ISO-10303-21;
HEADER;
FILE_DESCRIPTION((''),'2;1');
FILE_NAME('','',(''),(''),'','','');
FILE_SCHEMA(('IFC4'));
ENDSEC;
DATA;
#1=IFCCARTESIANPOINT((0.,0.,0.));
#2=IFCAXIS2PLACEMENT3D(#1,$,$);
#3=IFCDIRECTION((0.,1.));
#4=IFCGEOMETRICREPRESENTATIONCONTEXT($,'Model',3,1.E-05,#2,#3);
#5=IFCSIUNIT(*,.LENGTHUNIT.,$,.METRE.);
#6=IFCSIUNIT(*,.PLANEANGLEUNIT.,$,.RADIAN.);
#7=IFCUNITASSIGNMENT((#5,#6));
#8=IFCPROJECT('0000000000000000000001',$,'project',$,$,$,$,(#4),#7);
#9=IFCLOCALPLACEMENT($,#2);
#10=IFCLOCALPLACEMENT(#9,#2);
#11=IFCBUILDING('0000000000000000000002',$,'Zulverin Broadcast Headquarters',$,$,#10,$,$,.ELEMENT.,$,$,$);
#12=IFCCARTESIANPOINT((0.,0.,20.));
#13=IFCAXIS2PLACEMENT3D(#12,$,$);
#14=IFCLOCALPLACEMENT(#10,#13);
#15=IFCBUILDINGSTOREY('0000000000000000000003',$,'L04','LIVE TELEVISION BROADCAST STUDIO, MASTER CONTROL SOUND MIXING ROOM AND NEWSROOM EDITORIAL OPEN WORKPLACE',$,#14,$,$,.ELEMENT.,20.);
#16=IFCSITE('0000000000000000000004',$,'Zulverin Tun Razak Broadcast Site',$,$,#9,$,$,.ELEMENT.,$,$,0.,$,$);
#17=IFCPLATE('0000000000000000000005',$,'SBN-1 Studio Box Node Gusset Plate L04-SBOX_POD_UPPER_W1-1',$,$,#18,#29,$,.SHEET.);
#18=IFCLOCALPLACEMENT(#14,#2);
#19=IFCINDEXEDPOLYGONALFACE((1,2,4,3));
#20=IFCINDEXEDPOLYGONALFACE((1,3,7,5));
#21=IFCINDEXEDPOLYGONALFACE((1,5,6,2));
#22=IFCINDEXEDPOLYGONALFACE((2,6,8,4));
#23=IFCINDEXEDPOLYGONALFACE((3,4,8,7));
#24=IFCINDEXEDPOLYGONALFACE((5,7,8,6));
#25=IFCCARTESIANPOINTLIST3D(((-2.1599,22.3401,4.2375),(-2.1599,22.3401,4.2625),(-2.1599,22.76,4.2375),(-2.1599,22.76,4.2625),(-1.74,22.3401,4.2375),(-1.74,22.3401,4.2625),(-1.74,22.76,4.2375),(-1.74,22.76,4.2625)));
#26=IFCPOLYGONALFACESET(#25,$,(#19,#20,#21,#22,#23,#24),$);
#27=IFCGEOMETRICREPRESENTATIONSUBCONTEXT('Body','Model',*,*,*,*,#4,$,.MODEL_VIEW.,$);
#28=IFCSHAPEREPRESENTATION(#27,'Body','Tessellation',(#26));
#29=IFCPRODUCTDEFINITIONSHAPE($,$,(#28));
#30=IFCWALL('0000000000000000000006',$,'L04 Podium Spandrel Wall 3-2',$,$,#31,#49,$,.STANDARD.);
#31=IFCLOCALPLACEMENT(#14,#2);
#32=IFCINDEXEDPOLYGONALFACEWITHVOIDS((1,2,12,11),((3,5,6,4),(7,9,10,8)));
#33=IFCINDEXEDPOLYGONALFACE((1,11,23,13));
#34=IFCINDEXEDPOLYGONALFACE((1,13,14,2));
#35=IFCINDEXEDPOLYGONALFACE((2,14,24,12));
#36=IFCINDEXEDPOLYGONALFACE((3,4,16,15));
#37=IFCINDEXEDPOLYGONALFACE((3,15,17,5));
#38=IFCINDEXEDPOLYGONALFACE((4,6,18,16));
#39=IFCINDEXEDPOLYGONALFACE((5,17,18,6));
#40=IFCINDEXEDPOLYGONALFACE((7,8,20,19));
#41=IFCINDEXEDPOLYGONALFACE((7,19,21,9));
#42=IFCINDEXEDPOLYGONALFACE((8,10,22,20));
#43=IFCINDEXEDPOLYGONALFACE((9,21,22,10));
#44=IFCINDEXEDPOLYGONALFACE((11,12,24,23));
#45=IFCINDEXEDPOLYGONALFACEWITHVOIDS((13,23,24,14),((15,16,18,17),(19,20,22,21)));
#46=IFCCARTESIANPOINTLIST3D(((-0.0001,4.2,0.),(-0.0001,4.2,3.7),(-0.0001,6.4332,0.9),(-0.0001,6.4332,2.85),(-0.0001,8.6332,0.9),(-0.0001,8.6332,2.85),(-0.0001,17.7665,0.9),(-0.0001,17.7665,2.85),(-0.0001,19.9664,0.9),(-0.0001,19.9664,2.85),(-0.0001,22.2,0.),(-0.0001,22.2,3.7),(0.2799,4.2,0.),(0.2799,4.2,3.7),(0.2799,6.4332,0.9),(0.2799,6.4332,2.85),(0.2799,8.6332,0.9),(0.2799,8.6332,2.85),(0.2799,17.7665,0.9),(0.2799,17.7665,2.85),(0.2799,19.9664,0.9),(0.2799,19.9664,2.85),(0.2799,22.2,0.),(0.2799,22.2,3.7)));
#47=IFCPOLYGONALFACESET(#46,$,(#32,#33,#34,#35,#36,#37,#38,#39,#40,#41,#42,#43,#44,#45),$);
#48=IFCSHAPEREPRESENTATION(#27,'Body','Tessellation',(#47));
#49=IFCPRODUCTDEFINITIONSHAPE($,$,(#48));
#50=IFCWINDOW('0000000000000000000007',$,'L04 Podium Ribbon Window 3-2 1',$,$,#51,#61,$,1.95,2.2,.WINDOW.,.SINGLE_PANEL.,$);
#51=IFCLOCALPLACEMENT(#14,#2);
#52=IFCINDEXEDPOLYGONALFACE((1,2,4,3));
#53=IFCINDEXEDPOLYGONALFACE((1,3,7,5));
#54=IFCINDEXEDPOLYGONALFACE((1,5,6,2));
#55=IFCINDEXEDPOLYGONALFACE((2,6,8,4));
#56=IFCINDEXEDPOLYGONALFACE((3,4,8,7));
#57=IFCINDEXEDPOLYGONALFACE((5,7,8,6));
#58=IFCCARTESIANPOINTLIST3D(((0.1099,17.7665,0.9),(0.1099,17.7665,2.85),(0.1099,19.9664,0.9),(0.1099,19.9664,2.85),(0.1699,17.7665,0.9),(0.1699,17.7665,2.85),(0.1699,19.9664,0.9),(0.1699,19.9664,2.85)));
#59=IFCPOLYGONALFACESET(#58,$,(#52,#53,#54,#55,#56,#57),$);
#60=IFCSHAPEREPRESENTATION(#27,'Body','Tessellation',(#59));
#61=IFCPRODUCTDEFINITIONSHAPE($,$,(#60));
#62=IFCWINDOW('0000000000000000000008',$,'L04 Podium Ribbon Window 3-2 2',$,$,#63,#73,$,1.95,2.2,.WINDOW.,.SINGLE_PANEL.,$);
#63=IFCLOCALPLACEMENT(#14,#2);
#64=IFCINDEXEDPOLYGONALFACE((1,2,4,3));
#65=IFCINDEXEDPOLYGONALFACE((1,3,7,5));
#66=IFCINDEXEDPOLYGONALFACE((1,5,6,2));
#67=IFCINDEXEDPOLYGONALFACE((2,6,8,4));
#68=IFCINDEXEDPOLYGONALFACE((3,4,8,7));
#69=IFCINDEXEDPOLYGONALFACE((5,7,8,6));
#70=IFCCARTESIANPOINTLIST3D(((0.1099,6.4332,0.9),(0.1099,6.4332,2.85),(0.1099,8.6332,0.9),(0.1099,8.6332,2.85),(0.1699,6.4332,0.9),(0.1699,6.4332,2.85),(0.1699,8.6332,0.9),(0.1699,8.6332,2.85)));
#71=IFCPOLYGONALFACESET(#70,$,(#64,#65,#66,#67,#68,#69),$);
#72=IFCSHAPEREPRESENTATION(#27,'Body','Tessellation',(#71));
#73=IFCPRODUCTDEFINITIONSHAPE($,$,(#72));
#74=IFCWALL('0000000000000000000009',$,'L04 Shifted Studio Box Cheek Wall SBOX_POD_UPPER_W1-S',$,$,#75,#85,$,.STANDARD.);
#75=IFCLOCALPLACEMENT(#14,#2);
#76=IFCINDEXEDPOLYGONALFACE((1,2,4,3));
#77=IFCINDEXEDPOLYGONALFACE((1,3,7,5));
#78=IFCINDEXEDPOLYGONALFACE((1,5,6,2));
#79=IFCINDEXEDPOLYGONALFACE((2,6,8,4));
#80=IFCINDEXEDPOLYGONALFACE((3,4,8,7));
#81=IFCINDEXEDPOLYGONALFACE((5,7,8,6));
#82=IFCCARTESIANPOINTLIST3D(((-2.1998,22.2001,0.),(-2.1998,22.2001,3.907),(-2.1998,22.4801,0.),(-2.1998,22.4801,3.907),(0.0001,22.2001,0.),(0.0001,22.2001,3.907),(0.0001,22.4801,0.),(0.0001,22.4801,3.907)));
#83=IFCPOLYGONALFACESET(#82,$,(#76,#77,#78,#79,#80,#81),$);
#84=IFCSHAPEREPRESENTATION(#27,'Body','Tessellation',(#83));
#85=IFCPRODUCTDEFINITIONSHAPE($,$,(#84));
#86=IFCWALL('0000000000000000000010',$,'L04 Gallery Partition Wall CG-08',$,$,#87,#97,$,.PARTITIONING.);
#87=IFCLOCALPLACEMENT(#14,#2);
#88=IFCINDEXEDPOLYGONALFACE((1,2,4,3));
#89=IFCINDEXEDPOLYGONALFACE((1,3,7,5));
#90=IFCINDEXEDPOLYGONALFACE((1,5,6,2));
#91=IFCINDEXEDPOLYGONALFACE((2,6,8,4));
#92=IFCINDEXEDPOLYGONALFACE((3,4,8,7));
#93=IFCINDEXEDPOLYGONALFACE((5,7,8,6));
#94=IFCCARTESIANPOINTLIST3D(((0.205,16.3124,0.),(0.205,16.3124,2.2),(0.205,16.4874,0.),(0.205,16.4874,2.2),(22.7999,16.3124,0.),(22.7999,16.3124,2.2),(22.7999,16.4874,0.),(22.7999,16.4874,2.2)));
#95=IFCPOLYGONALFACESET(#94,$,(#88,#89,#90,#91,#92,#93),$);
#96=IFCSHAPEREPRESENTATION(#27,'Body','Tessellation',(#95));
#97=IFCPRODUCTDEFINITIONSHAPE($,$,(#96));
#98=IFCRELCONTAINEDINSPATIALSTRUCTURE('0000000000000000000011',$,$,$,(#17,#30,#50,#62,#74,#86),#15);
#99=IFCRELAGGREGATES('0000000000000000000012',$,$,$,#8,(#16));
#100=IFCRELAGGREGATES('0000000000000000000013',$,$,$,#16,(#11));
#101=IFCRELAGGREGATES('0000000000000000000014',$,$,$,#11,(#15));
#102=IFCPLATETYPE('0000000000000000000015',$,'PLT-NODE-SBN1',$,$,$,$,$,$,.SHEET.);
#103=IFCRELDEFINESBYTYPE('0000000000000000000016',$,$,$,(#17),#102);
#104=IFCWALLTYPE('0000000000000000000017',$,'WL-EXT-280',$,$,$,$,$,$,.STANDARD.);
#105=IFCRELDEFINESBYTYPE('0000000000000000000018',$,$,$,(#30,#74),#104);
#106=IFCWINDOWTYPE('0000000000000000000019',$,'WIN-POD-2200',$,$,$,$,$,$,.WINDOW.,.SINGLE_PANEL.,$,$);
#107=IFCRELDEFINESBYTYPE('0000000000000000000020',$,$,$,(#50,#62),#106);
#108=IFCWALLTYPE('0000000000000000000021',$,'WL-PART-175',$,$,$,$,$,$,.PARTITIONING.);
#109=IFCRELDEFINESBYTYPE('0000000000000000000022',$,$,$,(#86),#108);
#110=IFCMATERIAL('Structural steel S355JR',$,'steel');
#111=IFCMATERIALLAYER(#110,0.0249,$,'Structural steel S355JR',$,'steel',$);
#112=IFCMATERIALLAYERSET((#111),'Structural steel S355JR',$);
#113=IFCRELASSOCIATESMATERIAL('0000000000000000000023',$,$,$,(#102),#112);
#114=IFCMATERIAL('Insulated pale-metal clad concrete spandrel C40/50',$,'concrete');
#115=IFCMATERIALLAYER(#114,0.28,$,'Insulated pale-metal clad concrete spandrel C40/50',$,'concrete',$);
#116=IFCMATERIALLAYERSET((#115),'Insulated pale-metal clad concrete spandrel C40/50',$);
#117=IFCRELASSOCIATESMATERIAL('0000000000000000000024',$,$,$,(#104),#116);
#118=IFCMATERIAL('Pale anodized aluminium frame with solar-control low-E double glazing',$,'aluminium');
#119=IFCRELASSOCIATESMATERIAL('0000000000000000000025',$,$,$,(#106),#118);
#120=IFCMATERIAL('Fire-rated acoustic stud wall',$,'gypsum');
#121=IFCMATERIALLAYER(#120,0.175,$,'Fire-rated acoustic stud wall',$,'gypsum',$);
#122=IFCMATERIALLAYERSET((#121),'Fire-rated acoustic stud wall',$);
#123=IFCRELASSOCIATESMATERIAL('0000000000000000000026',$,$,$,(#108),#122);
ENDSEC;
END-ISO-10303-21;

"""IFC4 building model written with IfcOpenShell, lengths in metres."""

from ifc_helpers import new_model, si_unit, direction, frame, frame_2d, origin, origin_2d, place, context, subcontext, project, spatial, rectangle, extrude, material, layer, layer_set, type_object, element, fill, save


model = new_model("IFC4")

# Units and contexts
model_context = context("Model", 3, precision=1e-05, world=origin(), true_north=direction((0.0, 1.0)))
body_context = subcontext(model_context, "Body", "Model", "MODEL_VIEW")
ifc_project = project(units=[si_unit("LENGTHUNIT", "METRE"), si_unit("PLANEANGLEUNIT", "RADIAN")], contexts=[model_context])

# Site, building, storey
site_placement = place(None, origin())
site = spatial("IfcSite", under=ifc_project, at=site_placement, Name="Zulverin Tun Razak Broadcast Site", CompositionType="ELEMENT", RefElevation=0.0)
building_placement = place(site_placement, origin())
building = spatial("IfcBuilding", under=site, at=building_placement, Name="Zulverin Broadcast Headquarters", CompositionType="ELEMENT")
storey_placement = place(building_placement, frame((0.0, 0.0, 20.0)))
storey = spatial("IfcBuildingStorey", under=building, at=storey_placement, Name="L04", Description="LIVE TELEVISION BROADCAST STUDIO, MASTER CONTROL SOUND MIXING ROOM AND NEWSROOM EDITORIAL OPEN WORKPLACE", CompositionType="ELEMENT", Elevation=20.0)

# Shared definitions
ifc_material_1 = material(Name="Structural steel S355JR", Category="steel")

# Plate
ifc_layer_1 = layer(ifc_material_1, 0.0249, Name="Structural steel S355JR", Category="steel")
ifc_layer_set_1 = layer_set([ifc_layer_1], Name="Structural steel S355JR")
plate_type = type_object("IfcPlateType", Name="PLT-NODE-SBN1", PredefinedType="SHEET", material=ifc_layer_set_1)
plate_1_placement = place(storey_placement, frame((-1.95, 22.55, 4.2375), z_axis=(0.0, 0.0, 1.0), x_axis=(1.0, 0.0, 0.0)))
element("IfcPlate", 1, at=plate_1_placement, inside=storey, type_object=plate_type, Name="SBN-1 Studio Box Node Gusset Plate L04-SBOX_POD_UPPER_W1-1", PredefinedType="SHEET", context=body_context, shape_type="SweptSolid", body=[
    extrude(rectangle(XDim=0.4199, YDim=0.4199, at=origin_2d()), origin(), (0.0, 0.0, 1.0), 0.0249),
])

# Wall, openings, windows
ifc_material_2 = material(Name="Insulated pale-metal clad concrete spandrel C40/50", Category="concrete")
ifc_layer_2 = layer(ifc_material_2, 0.28, Name="Insulated pale-metal clad concrete spandrel C40/50", Category="concrete")
ifc_layer_set_2 = layer_set([ifc_layer_2], Name="Insulated pale-metal clad concrete spandrel C40/50")
wall_type_1 = type_object("IfcWallType", Name="WL-EXT-280", PredefinedType="STANDARD", material=ifc_layer_set_2)
wall_1_placement = place(storey_placement, frame((0.1399, 22.2, 0.0), z_axis=(0.0, 0.0, 1.0), x_axis=(0.0, -1.0, 0.0)))
wall_1 = element("IfcWall", 2, at=wall_1_placement, inside=storey, type_object=wall_type_1, Name="L04 Podium Spandrel Wall 3-2", PredefinedType="STANDARD", context=body_context, shape_type="SweptSolid", body=[
    extrude(rectangle(XDim=18.0, YDim=0.28, at=frame_2d((9.0, 0.0))), origin(), (0.0, 0.0, 1.0), 3.7),
])
opening_1_placement = place(wall_1_placement, frame((2.2334, 0.0, 0.8999)))
opening_1 = element("IfcOpeningElement", 3, at=opening_1_placement, cuts=wall_1, PredefinedType="OPENING", context=body_context, shape_type="SweptSolid", body=[
    extrude(rectangle(XDim=2.2, YDim=1.95, at=frame_2d((1.1001, 0.9751))), frame((0.0, 0.1499, 0.0), z_axis=(0.0, -1.0, 0.0), x_axis=(1.0, 0.0, 0.0)), (0.0, 0.0, 1.0), 0.3),
])
opening_2_placement = place(wall_1_placement, frame((13.5667, 0.0, 0.8999)))
opening_2 = element("IfcOpeningElement", 4, at=opening_2_placement, cuts=wall_1, PredefinedType="OPENING", context=body_context, shape_type="SweptSolid", body=[
    extrude(rectangle(XDim=2.2, YDim=1.95, at=frame_2d((1.1001, 0.9751))), frame((0.0, 0.1499, 0.0), z_axis=(0.0, -1.0, 0.0), x_axis=(1.0, 0.0, 0.0)), (0.0, 0.0, 1.0), 0.3),
])
ifc_material_3 = material(Name="Pale anodized aluminium frame with solar-control low-E double glazing", Category="aluminium")
window_type = type_object("IfcWindowType", Name="WIN-POD-2200", PartitioningType="SINGLE_PANEL", PredefinedType="WINDOW", material=ifc_material_3)
window_1_placement = place(opening_1_placement, origin())
window_1 = element("IfcWindow", 5, at=window_1_placement, inside=storey, type_object=window_type, Name="L04 Podium Ribbon Window 3-2 1", OverallHeight=1.95, OverallWidth=2.2, PartitioningType="SINGLE_PANEL", PredefinedType="WINDOW", context=body_context, shape_type="SweptSolid", body=[
    extrude(rectangle(XDim=2.2, YDim=1.95, at=frame_2d((1.1001, 0.9751))), frame((0.0, 0.03, 0.0), z_axis=(0.0, -1.0, 0.0), x_axis=(1.0, 0.0, 0.0)), (0.0, 0.0, 1.0), 0.0601),
])
fill(opening_1, window_1)
window_2_placement = place(opening_2_placement, origin())
window_2 = element("IfcWindow", 6, at=window_2_placement, inside=storey, type_object=window_type, Name="L04 Podium Ribbon Window 3-2 2", OverallHeight=1.95, OverallWidth=2.2, PartitioningType="SINGLE_PANEL", PredefinedType="WINDOW", context=body_context, shape_type="SweptSolid", body=[
    extrude(rectangle(XDim=2.2, YDim=1.95, at=frame_2d((1.1001, 0.9751))), frame((0.0, 0.03, 0.0), z_axis=(0.0, -1.0, 0.0), x_axis=(1.0, 0.0, 0.0)), (0.0, 0.0, 1.0), 0.0601),
])
fill(opening_2, window_2)

# Walls
wall_2_placement = place(storey_placement, frame((-2.2, 22.3401, 0.0), z_axis=(0.0, 0.0, 1.0), x_axis=(1.0, 0.0, 0.0)))
element("IfcWall", 7, at=wall_2_placement, inside=storey, type_object=wall_type_1, Name="L04 Shifted Studio Box Cheek Wall SBOX_POD_UPPER_W1-S", PredefinedType="STANDARD", context=body_context, shape_type="SweptSolid", body=[
    extrude(rectangle(XDim=2.2, YDim=0.28, at=frame_2d((1.1001, 0.0))), origin(), (0.0, 0.0, 1.0), 3.907),
])
ifc_material_4 = material(Name="Fire-rated acoustic stud wall", Category="gypsum")
ifc_layer_3 = layer(ifc_material_4, 0.175, Name="Fire-rated acoustic stud wall", Category="gypsum")
ifc_layer_set_3 = layer_set([ifc_layer_3], Name="Fire-rated acoustic stud wall")
wall_type_2 = type_object("IfcWallType", Name="WL-PART-175", PredefinedType="PARTITIONING", material=ifc_layer_set_3)
wall_3_placement = place(storey_placement, frame((0.2051, 16.3999, 0.0), z_axis=(0.0, 0.0, 1.0), x_axis=(1.0, 0.0, 0.0)))
element("IfcWall", 8, at=wall_3_placement, inside=storey, type_object=wall_type_2, Name="L04 Gallery Partition Wall CG-08", PredefinedType="PARTITIONING", context=body_context, shape_type="SweptSolid", body=[
    extrude(rectangle(XDim=22.595, YDim=0.175, at=frame_2d((11.2974, 0.0))), origin(), (0.0, 0.0, 1.0), 2.2),
])

save(model, "model.ifc")
